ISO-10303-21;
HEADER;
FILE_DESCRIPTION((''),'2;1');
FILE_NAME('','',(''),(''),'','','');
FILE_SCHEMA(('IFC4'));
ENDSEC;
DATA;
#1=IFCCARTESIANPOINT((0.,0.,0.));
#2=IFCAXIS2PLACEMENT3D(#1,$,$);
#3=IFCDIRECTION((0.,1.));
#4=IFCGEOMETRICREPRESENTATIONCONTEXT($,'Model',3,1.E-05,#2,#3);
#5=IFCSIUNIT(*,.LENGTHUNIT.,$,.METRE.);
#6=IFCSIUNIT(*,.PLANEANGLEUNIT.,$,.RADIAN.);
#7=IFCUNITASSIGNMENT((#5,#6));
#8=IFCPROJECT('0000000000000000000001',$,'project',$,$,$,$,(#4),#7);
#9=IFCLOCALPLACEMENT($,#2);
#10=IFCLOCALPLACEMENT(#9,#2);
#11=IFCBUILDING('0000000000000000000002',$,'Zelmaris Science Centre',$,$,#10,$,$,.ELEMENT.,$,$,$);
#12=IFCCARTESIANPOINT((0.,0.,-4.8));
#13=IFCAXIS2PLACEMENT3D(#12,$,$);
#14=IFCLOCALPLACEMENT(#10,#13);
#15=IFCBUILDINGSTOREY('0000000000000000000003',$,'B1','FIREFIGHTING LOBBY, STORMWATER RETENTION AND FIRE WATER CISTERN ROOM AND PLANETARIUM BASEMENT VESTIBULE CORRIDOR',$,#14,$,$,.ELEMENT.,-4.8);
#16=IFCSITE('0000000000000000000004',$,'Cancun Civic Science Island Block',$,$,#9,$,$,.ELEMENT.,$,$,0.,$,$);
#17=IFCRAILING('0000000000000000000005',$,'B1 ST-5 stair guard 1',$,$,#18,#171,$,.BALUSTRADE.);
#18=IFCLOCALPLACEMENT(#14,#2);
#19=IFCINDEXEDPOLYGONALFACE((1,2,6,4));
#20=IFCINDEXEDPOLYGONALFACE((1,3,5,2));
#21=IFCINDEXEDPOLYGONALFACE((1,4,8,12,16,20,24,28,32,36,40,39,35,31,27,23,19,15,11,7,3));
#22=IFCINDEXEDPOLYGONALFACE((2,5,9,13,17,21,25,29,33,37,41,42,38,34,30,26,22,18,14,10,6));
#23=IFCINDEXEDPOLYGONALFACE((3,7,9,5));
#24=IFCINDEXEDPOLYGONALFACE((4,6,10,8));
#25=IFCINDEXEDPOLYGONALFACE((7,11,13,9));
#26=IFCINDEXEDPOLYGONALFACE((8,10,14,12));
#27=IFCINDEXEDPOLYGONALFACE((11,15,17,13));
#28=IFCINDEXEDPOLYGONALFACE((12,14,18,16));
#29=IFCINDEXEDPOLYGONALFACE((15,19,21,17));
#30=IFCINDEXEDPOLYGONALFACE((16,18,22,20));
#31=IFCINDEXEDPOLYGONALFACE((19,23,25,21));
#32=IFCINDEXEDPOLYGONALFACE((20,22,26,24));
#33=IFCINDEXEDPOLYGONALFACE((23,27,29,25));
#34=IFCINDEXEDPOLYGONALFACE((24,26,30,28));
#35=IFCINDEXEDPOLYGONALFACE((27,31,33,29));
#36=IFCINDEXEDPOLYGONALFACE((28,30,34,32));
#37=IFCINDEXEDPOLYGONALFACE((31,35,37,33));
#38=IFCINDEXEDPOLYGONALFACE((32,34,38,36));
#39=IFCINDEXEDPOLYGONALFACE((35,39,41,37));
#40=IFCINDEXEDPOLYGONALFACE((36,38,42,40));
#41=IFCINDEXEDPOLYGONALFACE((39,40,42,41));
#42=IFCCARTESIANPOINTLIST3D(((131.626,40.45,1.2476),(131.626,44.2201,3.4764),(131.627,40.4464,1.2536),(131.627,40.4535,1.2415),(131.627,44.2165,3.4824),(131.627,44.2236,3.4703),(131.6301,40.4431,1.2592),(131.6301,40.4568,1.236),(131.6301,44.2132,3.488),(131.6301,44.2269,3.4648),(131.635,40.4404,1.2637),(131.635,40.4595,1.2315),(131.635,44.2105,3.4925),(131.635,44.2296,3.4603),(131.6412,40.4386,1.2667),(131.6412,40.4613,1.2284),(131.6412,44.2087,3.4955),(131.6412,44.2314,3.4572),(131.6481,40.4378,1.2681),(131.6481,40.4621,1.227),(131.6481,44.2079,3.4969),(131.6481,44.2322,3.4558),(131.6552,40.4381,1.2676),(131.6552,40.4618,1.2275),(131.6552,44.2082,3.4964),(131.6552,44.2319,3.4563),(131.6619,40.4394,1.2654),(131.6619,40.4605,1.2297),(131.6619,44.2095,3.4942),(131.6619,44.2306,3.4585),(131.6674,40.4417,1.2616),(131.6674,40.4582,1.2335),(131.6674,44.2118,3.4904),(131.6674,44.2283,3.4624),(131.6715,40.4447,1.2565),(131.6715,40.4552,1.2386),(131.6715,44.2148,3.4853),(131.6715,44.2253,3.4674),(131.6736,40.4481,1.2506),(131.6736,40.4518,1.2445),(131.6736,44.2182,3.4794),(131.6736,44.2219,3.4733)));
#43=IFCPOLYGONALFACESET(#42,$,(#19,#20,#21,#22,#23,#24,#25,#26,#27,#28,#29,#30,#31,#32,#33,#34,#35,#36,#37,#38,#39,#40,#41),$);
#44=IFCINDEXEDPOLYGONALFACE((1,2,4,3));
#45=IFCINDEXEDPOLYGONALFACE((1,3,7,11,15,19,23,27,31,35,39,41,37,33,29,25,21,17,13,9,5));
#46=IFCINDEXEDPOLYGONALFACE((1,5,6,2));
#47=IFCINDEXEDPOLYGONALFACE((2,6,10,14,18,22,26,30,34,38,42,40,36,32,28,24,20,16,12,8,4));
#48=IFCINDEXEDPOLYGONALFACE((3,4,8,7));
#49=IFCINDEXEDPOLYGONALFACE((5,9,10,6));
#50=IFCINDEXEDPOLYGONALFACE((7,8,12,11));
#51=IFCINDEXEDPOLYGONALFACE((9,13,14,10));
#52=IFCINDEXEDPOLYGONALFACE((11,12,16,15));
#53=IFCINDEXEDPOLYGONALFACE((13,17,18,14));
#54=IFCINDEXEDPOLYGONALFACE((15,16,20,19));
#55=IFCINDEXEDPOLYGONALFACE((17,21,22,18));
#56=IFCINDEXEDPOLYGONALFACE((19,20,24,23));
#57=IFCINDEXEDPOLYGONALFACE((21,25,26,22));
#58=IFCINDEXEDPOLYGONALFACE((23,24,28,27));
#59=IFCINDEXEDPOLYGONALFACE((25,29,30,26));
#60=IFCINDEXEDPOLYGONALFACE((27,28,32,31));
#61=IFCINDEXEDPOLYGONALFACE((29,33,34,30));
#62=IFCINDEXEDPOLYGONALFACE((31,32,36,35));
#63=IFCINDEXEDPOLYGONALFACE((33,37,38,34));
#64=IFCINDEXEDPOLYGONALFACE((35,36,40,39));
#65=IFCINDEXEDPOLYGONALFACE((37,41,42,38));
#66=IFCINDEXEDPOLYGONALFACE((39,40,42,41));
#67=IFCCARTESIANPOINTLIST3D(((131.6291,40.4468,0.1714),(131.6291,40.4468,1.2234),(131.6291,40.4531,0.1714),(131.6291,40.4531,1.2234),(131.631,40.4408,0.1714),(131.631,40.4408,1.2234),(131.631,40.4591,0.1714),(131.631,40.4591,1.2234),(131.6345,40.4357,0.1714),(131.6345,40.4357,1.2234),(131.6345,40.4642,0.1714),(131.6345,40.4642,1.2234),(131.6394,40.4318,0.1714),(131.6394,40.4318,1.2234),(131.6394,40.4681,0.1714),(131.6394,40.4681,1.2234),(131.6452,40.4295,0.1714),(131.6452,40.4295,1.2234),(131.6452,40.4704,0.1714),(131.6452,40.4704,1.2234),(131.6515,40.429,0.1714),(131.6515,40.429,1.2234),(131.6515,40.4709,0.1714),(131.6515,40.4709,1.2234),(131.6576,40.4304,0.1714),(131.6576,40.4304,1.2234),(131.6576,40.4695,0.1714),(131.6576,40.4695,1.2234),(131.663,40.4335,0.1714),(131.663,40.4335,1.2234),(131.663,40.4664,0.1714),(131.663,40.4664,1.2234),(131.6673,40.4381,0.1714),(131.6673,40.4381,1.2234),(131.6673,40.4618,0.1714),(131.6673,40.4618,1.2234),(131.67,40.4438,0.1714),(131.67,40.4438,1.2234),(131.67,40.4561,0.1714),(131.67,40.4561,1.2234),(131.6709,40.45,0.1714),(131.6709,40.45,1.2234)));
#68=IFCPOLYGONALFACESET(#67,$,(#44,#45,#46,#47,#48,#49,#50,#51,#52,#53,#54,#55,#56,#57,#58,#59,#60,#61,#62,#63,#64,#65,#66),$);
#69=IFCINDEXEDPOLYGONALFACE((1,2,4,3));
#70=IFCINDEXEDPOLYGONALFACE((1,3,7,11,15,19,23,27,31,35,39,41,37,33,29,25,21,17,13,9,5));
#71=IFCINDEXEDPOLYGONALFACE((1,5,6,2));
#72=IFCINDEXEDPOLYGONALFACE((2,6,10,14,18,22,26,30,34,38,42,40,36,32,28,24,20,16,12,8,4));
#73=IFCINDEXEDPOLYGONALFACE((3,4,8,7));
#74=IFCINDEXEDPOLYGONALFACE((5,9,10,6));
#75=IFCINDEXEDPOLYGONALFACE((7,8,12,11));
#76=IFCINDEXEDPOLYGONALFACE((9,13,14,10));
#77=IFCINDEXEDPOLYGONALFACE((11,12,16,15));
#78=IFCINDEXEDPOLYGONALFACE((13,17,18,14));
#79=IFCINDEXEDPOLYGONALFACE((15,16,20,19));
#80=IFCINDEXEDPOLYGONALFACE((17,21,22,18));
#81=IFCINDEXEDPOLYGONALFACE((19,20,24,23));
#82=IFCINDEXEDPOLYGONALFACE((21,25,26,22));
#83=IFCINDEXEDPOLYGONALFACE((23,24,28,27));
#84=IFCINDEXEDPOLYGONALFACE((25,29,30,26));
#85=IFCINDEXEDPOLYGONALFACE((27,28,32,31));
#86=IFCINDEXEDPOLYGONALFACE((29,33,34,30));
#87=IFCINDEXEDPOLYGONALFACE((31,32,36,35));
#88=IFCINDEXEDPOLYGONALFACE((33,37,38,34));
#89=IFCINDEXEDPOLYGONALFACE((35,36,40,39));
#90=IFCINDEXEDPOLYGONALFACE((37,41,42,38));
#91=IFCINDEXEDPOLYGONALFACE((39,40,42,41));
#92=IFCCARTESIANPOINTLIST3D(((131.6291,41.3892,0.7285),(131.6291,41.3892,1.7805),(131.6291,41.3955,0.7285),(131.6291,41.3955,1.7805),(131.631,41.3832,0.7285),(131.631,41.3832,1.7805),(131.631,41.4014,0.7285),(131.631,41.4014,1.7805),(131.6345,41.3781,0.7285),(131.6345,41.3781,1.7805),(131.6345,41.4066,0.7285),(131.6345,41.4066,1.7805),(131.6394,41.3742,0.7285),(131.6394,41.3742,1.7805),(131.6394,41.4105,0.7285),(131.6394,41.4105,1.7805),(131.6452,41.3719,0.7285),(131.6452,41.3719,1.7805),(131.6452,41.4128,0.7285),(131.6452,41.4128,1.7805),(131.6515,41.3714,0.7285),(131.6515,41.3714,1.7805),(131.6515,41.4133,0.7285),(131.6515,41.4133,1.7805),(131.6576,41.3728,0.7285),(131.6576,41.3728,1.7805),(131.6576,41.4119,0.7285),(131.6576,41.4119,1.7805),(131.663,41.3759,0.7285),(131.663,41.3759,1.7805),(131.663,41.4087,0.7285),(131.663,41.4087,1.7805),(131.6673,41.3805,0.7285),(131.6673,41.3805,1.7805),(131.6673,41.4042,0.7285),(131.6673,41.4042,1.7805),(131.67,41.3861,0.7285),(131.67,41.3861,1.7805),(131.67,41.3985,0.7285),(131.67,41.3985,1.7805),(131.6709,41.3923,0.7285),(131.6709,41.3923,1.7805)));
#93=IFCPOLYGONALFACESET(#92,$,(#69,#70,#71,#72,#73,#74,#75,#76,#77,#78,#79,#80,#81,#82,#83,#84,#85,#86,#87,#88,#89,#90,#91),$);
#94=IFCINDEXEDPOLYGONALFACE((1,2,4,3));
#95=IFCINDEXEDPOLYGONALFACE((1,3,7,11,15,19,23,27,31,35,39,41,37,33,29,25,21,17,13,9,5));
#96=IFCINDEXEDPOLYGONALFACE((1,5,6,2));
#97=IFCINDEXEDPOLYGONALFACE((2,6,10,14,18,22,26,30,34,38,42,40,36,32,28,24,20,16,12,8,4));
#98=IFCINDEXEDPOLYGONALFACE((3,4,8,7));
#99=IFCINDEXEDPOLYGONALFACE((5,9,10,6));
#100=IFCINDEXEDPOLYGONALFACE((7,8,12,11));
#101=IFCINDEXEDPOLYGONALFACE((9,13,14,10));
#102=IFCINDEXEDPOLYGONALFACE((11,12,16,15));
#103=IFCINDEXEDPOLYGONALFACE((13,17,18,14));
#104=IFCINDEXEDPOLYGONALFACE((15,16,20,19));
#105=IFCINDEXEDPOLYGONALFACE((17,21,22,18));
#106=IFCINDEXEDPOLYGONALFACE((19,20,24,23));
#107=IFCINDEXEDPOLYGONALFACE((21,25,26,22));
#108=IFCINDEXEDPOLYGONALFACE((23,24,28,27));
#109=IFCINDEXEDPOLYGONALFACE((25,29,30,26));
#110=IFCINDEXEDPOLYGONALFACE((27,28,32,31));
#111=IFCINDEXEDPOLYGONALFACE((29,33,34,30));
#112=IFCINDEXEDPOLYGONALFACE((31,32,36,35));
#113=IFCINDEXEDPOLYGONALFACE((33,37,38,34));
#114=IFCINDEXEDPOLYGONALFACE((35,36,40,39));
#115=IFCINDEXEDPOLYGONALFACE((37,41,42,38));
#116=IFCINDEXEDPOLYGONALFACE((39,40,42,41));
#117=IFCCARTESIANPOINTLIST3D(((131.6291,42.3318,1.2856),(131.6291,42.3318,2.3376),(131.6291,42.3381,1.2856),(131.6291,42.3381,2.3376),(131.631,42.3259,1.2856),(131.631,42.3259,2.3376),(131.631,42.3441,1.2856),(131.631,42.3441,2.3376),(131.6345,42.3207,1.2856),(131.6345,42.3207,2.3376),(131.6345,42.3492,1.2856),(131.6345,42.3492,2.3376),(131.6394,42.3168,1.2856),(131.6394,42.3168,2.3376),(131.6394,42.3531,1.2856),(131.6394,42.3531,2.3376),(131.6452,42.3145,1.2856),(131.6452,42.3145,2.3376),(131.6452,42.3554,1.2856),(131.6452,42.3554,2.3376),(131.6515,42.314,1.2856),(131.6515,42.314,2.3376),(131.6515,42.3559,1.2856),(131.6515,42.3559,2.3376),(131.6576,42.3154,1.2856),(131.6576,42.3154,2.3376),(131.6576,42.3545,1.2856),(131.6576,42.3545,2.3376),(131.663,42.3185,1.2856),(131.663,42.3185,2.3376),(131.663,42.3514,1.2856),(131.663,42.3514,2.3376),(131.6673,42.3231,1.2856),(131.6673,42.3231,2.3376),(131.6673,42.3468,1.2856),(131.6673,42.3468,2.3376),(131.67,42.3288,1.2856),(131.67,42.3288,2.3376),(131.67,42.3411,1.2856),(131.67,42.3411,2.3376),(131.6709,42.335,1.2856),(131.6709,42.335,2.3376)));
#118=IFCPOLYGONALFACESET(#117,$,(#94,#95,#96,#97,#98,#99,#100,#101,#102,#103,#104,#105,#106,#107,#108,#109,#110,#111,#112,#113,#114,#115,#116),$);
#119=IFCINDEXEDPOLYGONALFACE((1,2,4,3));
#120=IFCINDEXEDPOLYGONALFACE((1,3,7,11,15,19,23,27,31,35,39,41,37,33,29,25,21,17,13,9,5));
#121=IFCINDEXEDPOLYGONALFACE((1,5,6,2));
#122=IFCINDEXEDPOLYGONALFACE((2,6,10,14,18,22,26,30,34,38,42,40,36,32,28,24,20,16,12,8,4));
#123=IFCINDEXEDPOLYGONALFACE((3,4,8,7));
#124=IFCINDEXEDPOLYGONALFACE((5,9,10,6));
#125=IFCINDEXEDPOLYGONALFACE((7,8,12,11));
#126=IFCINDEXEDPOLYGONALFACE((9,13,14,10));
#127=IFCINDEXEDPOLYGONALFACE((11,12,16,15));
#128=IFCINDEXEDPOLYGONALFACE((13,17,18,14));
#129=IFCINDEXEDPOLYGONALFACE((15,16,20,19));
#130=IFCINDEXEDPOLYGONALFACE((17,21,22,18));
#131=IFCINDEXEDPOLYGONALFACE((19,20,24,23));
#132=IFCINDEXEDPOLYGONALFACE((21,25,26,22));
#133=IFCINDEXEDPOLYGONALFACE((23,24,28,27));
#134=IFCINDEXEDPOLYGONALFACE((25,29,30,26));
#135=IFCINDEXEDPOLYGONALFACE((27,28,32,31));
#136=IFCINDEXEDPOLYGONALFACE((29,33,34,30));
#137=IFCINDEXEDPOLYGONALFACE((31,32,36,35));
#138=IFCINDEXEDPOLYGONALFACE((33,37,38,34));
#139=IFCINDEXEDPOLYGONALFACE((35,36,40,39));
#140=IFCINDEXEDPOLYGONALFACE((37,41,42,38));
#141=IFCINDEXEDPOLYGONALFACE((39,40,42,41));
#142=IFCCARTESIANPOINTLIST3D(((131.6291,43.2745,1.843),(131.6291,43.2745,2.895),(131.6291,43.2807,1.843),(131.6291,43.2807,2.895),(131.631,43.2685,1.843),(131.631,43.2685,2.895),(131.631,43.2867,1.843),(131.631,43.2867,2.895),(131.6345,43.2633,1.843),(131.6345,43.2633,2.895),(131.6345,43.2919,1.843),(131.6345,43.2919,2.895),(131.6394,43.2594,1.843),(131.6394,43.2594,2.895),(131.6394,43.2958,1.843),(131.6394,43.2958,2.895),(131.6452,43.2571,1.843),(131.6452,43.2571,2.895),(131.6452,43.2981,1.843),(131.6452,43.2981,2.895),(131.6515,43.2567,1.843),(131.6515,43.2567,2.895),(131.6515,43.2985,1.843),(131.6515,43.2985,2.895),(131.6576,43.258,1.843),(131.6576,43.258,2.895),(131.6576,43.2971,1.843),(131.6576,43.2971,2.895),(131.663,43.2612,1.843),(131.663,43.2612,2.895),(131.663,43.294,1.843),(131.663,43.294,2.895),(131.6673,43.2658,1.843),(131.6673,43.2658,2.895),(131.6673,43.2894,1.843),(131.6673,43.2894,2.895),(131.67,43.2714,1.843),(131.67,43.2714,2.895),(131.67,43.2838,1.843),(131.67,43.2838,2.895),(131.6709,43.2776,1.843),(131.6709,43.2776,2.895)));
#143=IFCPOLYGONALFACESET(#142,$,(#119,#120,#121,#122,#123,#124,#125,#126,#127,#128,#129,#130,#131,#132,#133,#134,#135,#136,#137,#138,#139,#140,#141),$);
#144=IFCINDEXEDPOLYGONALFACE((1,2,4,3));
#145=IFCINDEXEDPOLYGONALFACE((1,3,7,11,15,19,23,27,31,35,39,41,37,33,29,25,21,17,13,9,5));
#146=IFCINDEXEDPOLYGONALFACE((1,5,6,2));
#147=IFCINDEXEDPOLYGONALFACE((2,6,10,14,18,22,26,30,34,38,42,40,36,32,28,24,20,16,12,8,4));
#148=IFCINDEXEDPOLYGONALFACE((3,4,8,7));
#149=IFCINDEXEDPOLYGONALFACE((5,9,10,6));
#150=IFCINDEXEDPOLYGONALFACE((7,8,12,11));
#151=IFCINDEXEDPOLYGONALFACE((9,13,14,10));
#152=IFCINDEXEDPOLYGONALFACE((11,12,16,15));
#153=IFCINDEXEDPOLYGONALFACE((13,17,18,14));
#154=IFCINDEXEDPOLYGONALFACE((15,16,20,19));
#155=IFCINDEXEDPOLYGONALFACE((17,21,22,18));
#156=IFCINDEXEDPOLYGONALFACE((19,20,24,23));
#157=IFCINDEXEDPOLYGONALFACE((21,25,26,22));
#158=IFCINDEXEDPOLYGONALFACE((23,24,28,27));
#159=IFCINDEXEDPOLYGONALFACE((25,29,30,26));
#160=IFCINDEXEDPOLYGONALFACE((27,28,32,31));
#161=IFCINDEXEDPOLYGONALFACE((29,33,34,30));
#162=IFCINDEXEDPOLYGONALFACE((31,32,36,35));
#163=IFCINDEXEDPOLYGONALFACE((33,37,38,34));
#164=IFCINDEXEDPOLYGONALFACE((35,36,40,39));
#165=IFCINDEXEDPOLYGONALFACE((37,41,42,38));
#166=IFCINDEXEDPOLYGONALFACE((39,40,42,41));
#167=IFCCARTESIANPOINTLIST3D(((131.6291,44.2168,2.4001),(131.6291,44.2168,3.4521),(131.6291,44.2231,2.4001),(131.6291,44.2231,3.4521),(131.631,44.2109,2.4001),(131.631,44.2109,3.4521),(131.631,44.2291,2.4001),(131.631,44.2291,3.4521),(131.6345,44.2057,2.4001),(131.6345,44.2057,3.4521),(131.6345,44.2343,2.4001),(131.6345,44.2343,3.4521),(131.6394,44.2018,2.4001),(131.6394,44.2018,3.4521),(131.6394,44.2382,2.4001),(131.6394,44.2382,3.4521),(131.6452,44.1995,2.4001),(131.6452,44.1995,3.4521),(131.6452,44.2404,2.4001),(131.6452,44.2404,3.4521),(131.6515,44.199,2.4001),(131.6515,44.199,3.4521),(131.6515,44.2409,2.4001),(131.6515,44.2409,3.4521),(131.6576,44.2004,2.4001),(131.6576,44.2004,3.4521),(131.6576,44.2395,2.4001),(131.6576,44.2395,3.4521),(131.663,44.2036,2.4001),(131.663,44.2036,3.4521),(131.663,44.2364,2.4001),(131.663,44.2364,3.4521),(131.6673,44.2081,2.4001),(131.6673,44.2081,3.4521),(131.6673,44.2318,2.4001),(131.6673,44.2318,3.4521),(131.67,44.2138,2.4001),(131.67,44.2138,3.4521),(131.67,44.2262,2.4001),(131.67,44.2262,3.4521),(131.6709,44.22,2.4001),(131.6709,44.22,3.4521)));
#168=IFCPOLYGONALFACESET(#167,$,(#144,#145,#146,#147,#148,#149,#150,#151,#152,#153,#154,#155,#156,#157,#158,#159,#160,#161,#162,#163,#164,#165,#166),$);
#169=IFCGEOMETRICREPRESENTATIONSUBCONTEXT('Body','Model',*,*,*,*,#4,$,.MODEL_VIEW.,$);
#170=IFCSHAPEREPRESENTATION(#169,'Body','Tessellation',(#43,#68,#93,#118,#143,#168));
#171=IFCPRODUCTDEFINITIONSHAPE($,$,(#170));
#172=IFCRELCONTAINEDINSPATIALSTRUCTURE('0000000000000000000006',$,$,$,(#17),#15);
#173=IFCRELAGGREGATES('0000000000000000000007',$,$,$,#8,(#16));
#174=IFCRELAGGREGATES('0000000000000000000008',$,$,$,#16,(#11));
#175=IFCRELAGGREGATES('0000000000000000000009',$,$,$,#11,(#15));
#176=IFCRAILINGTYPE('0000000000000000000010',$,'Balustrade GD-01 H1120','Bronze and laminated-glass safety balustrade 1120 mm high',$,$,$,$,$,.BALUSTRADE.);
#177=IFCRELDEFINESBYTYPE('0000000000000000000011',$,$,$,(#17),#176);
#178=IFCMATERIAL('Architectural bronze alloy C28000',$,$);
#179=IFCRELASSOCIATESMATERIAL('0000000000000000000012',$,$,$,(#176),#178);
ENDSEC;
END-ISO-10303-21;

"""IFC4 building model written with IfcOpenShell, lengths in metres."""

from ifc_helpers import new_model, si_unit, direction, frame, origin, origin_2d, place, context, subcontext, project, spatial, circle, extrude, material, type_object, element, save


model = new_model("IFC4")

# Units and contexts
model_context = context("Model", 3, precision=1e-05, world=origin(), true_north=direction((0.0, 1.0)))
body_context = subcontext(model_context, "Body", "Model", "MODEL_VIEW")
ifc_project = project(units=[si_unit("LENGTHUNIT", "METRE"), si_unit("PLANEANGLEUNIT", "RADIAN")], contexts=[model_context])

# Site, building, storey
site_placement = place(None, origin())
site = spatial("IfcSite", under=ifc_project, at=site_placement, Name="Cancun Civic Science Island Block", CompositionType="ELEMENT", RefElevation=0.0)
building_placement = place(site_placement, origin())
building = spatial("IfcBuilding", under=site, at=building_placement, Name="Zelmaris Science Centre", CompositionType="ELEMENT")
storey_placement = place(building_placement, frame((0.0, 0.0, -4.8)))
storey = spatial("IfcBuildingStorey", under=building, at=storey_placement, Name="B1", Description="FIREFIGHTING LOBBY, STORMWATER RETENTION AND FIRE WATER CISTERN ROOM AND PLANETARIUM BASEMENT VESTIBULE CORRIDOR", CompositionType="ELEMENT", Elevation=-4.8)

# Railing
ifc_material_1 = material(Name="Architectural bronze alloy C28000")
railing_type_1 = type_object("IfcRailingType", Name="Balustrade GD-01 H1120", Description="Bronze and laminated-glass safety balustrade 1120 mm high", PredefinedType="BALUSTRADE", material=ifc_material_1)
railing_1_placement = place(storey_placement, frame((131.6499, 40.45, 0.1714)))
element("IfcRailing", 1, at=railing_1_placement, inside=storey, type_object=railing_type_1, Name="B1 ST-5 stair guard 1", PredefinedType="BALUSTRADE", context=body_context, shape_type="SweptSolid", body=[
    extrude(circle(Radius=0.0239, at=origin_2d()), frame((0.0, 0.0, 1.0762), z_axis=(0.0, 0.860824, 0.508902), x_axis=(-1.0, 0.0, 0.0)), (0.0, 0.0, 1.0), 4.3796),
    extrude(circle(Radius=0.021, at=origin_2d()), origin(), (0.0, 0.0, 1.0), 1.052),
    extrude(circle(Radius=0.021, at=origin_2d()), frame((0.0, 0.9424, 0.5571)), (0.0, 0.0, 1.0), 1.052),
    extrude(circle(Radius=0.021, at=origin_2d()), frame((0.0, 1.885, 1.1143)), (0.0, 0.0, 1.0), 1.052),
    extrude(circle(Radius=0.021, at=origin_2d()), frame((0.0, 2.8276, 1.6716)), (0.0, 0.0, 1.0), 1.052),
    extrude(circle(Radius=0.021, at=origin_2d()), frame((0.0, 3.77, 2.2288)), (0.0, 0.0, 1.0), 1.052),
])

save(model, "model.ifc")
